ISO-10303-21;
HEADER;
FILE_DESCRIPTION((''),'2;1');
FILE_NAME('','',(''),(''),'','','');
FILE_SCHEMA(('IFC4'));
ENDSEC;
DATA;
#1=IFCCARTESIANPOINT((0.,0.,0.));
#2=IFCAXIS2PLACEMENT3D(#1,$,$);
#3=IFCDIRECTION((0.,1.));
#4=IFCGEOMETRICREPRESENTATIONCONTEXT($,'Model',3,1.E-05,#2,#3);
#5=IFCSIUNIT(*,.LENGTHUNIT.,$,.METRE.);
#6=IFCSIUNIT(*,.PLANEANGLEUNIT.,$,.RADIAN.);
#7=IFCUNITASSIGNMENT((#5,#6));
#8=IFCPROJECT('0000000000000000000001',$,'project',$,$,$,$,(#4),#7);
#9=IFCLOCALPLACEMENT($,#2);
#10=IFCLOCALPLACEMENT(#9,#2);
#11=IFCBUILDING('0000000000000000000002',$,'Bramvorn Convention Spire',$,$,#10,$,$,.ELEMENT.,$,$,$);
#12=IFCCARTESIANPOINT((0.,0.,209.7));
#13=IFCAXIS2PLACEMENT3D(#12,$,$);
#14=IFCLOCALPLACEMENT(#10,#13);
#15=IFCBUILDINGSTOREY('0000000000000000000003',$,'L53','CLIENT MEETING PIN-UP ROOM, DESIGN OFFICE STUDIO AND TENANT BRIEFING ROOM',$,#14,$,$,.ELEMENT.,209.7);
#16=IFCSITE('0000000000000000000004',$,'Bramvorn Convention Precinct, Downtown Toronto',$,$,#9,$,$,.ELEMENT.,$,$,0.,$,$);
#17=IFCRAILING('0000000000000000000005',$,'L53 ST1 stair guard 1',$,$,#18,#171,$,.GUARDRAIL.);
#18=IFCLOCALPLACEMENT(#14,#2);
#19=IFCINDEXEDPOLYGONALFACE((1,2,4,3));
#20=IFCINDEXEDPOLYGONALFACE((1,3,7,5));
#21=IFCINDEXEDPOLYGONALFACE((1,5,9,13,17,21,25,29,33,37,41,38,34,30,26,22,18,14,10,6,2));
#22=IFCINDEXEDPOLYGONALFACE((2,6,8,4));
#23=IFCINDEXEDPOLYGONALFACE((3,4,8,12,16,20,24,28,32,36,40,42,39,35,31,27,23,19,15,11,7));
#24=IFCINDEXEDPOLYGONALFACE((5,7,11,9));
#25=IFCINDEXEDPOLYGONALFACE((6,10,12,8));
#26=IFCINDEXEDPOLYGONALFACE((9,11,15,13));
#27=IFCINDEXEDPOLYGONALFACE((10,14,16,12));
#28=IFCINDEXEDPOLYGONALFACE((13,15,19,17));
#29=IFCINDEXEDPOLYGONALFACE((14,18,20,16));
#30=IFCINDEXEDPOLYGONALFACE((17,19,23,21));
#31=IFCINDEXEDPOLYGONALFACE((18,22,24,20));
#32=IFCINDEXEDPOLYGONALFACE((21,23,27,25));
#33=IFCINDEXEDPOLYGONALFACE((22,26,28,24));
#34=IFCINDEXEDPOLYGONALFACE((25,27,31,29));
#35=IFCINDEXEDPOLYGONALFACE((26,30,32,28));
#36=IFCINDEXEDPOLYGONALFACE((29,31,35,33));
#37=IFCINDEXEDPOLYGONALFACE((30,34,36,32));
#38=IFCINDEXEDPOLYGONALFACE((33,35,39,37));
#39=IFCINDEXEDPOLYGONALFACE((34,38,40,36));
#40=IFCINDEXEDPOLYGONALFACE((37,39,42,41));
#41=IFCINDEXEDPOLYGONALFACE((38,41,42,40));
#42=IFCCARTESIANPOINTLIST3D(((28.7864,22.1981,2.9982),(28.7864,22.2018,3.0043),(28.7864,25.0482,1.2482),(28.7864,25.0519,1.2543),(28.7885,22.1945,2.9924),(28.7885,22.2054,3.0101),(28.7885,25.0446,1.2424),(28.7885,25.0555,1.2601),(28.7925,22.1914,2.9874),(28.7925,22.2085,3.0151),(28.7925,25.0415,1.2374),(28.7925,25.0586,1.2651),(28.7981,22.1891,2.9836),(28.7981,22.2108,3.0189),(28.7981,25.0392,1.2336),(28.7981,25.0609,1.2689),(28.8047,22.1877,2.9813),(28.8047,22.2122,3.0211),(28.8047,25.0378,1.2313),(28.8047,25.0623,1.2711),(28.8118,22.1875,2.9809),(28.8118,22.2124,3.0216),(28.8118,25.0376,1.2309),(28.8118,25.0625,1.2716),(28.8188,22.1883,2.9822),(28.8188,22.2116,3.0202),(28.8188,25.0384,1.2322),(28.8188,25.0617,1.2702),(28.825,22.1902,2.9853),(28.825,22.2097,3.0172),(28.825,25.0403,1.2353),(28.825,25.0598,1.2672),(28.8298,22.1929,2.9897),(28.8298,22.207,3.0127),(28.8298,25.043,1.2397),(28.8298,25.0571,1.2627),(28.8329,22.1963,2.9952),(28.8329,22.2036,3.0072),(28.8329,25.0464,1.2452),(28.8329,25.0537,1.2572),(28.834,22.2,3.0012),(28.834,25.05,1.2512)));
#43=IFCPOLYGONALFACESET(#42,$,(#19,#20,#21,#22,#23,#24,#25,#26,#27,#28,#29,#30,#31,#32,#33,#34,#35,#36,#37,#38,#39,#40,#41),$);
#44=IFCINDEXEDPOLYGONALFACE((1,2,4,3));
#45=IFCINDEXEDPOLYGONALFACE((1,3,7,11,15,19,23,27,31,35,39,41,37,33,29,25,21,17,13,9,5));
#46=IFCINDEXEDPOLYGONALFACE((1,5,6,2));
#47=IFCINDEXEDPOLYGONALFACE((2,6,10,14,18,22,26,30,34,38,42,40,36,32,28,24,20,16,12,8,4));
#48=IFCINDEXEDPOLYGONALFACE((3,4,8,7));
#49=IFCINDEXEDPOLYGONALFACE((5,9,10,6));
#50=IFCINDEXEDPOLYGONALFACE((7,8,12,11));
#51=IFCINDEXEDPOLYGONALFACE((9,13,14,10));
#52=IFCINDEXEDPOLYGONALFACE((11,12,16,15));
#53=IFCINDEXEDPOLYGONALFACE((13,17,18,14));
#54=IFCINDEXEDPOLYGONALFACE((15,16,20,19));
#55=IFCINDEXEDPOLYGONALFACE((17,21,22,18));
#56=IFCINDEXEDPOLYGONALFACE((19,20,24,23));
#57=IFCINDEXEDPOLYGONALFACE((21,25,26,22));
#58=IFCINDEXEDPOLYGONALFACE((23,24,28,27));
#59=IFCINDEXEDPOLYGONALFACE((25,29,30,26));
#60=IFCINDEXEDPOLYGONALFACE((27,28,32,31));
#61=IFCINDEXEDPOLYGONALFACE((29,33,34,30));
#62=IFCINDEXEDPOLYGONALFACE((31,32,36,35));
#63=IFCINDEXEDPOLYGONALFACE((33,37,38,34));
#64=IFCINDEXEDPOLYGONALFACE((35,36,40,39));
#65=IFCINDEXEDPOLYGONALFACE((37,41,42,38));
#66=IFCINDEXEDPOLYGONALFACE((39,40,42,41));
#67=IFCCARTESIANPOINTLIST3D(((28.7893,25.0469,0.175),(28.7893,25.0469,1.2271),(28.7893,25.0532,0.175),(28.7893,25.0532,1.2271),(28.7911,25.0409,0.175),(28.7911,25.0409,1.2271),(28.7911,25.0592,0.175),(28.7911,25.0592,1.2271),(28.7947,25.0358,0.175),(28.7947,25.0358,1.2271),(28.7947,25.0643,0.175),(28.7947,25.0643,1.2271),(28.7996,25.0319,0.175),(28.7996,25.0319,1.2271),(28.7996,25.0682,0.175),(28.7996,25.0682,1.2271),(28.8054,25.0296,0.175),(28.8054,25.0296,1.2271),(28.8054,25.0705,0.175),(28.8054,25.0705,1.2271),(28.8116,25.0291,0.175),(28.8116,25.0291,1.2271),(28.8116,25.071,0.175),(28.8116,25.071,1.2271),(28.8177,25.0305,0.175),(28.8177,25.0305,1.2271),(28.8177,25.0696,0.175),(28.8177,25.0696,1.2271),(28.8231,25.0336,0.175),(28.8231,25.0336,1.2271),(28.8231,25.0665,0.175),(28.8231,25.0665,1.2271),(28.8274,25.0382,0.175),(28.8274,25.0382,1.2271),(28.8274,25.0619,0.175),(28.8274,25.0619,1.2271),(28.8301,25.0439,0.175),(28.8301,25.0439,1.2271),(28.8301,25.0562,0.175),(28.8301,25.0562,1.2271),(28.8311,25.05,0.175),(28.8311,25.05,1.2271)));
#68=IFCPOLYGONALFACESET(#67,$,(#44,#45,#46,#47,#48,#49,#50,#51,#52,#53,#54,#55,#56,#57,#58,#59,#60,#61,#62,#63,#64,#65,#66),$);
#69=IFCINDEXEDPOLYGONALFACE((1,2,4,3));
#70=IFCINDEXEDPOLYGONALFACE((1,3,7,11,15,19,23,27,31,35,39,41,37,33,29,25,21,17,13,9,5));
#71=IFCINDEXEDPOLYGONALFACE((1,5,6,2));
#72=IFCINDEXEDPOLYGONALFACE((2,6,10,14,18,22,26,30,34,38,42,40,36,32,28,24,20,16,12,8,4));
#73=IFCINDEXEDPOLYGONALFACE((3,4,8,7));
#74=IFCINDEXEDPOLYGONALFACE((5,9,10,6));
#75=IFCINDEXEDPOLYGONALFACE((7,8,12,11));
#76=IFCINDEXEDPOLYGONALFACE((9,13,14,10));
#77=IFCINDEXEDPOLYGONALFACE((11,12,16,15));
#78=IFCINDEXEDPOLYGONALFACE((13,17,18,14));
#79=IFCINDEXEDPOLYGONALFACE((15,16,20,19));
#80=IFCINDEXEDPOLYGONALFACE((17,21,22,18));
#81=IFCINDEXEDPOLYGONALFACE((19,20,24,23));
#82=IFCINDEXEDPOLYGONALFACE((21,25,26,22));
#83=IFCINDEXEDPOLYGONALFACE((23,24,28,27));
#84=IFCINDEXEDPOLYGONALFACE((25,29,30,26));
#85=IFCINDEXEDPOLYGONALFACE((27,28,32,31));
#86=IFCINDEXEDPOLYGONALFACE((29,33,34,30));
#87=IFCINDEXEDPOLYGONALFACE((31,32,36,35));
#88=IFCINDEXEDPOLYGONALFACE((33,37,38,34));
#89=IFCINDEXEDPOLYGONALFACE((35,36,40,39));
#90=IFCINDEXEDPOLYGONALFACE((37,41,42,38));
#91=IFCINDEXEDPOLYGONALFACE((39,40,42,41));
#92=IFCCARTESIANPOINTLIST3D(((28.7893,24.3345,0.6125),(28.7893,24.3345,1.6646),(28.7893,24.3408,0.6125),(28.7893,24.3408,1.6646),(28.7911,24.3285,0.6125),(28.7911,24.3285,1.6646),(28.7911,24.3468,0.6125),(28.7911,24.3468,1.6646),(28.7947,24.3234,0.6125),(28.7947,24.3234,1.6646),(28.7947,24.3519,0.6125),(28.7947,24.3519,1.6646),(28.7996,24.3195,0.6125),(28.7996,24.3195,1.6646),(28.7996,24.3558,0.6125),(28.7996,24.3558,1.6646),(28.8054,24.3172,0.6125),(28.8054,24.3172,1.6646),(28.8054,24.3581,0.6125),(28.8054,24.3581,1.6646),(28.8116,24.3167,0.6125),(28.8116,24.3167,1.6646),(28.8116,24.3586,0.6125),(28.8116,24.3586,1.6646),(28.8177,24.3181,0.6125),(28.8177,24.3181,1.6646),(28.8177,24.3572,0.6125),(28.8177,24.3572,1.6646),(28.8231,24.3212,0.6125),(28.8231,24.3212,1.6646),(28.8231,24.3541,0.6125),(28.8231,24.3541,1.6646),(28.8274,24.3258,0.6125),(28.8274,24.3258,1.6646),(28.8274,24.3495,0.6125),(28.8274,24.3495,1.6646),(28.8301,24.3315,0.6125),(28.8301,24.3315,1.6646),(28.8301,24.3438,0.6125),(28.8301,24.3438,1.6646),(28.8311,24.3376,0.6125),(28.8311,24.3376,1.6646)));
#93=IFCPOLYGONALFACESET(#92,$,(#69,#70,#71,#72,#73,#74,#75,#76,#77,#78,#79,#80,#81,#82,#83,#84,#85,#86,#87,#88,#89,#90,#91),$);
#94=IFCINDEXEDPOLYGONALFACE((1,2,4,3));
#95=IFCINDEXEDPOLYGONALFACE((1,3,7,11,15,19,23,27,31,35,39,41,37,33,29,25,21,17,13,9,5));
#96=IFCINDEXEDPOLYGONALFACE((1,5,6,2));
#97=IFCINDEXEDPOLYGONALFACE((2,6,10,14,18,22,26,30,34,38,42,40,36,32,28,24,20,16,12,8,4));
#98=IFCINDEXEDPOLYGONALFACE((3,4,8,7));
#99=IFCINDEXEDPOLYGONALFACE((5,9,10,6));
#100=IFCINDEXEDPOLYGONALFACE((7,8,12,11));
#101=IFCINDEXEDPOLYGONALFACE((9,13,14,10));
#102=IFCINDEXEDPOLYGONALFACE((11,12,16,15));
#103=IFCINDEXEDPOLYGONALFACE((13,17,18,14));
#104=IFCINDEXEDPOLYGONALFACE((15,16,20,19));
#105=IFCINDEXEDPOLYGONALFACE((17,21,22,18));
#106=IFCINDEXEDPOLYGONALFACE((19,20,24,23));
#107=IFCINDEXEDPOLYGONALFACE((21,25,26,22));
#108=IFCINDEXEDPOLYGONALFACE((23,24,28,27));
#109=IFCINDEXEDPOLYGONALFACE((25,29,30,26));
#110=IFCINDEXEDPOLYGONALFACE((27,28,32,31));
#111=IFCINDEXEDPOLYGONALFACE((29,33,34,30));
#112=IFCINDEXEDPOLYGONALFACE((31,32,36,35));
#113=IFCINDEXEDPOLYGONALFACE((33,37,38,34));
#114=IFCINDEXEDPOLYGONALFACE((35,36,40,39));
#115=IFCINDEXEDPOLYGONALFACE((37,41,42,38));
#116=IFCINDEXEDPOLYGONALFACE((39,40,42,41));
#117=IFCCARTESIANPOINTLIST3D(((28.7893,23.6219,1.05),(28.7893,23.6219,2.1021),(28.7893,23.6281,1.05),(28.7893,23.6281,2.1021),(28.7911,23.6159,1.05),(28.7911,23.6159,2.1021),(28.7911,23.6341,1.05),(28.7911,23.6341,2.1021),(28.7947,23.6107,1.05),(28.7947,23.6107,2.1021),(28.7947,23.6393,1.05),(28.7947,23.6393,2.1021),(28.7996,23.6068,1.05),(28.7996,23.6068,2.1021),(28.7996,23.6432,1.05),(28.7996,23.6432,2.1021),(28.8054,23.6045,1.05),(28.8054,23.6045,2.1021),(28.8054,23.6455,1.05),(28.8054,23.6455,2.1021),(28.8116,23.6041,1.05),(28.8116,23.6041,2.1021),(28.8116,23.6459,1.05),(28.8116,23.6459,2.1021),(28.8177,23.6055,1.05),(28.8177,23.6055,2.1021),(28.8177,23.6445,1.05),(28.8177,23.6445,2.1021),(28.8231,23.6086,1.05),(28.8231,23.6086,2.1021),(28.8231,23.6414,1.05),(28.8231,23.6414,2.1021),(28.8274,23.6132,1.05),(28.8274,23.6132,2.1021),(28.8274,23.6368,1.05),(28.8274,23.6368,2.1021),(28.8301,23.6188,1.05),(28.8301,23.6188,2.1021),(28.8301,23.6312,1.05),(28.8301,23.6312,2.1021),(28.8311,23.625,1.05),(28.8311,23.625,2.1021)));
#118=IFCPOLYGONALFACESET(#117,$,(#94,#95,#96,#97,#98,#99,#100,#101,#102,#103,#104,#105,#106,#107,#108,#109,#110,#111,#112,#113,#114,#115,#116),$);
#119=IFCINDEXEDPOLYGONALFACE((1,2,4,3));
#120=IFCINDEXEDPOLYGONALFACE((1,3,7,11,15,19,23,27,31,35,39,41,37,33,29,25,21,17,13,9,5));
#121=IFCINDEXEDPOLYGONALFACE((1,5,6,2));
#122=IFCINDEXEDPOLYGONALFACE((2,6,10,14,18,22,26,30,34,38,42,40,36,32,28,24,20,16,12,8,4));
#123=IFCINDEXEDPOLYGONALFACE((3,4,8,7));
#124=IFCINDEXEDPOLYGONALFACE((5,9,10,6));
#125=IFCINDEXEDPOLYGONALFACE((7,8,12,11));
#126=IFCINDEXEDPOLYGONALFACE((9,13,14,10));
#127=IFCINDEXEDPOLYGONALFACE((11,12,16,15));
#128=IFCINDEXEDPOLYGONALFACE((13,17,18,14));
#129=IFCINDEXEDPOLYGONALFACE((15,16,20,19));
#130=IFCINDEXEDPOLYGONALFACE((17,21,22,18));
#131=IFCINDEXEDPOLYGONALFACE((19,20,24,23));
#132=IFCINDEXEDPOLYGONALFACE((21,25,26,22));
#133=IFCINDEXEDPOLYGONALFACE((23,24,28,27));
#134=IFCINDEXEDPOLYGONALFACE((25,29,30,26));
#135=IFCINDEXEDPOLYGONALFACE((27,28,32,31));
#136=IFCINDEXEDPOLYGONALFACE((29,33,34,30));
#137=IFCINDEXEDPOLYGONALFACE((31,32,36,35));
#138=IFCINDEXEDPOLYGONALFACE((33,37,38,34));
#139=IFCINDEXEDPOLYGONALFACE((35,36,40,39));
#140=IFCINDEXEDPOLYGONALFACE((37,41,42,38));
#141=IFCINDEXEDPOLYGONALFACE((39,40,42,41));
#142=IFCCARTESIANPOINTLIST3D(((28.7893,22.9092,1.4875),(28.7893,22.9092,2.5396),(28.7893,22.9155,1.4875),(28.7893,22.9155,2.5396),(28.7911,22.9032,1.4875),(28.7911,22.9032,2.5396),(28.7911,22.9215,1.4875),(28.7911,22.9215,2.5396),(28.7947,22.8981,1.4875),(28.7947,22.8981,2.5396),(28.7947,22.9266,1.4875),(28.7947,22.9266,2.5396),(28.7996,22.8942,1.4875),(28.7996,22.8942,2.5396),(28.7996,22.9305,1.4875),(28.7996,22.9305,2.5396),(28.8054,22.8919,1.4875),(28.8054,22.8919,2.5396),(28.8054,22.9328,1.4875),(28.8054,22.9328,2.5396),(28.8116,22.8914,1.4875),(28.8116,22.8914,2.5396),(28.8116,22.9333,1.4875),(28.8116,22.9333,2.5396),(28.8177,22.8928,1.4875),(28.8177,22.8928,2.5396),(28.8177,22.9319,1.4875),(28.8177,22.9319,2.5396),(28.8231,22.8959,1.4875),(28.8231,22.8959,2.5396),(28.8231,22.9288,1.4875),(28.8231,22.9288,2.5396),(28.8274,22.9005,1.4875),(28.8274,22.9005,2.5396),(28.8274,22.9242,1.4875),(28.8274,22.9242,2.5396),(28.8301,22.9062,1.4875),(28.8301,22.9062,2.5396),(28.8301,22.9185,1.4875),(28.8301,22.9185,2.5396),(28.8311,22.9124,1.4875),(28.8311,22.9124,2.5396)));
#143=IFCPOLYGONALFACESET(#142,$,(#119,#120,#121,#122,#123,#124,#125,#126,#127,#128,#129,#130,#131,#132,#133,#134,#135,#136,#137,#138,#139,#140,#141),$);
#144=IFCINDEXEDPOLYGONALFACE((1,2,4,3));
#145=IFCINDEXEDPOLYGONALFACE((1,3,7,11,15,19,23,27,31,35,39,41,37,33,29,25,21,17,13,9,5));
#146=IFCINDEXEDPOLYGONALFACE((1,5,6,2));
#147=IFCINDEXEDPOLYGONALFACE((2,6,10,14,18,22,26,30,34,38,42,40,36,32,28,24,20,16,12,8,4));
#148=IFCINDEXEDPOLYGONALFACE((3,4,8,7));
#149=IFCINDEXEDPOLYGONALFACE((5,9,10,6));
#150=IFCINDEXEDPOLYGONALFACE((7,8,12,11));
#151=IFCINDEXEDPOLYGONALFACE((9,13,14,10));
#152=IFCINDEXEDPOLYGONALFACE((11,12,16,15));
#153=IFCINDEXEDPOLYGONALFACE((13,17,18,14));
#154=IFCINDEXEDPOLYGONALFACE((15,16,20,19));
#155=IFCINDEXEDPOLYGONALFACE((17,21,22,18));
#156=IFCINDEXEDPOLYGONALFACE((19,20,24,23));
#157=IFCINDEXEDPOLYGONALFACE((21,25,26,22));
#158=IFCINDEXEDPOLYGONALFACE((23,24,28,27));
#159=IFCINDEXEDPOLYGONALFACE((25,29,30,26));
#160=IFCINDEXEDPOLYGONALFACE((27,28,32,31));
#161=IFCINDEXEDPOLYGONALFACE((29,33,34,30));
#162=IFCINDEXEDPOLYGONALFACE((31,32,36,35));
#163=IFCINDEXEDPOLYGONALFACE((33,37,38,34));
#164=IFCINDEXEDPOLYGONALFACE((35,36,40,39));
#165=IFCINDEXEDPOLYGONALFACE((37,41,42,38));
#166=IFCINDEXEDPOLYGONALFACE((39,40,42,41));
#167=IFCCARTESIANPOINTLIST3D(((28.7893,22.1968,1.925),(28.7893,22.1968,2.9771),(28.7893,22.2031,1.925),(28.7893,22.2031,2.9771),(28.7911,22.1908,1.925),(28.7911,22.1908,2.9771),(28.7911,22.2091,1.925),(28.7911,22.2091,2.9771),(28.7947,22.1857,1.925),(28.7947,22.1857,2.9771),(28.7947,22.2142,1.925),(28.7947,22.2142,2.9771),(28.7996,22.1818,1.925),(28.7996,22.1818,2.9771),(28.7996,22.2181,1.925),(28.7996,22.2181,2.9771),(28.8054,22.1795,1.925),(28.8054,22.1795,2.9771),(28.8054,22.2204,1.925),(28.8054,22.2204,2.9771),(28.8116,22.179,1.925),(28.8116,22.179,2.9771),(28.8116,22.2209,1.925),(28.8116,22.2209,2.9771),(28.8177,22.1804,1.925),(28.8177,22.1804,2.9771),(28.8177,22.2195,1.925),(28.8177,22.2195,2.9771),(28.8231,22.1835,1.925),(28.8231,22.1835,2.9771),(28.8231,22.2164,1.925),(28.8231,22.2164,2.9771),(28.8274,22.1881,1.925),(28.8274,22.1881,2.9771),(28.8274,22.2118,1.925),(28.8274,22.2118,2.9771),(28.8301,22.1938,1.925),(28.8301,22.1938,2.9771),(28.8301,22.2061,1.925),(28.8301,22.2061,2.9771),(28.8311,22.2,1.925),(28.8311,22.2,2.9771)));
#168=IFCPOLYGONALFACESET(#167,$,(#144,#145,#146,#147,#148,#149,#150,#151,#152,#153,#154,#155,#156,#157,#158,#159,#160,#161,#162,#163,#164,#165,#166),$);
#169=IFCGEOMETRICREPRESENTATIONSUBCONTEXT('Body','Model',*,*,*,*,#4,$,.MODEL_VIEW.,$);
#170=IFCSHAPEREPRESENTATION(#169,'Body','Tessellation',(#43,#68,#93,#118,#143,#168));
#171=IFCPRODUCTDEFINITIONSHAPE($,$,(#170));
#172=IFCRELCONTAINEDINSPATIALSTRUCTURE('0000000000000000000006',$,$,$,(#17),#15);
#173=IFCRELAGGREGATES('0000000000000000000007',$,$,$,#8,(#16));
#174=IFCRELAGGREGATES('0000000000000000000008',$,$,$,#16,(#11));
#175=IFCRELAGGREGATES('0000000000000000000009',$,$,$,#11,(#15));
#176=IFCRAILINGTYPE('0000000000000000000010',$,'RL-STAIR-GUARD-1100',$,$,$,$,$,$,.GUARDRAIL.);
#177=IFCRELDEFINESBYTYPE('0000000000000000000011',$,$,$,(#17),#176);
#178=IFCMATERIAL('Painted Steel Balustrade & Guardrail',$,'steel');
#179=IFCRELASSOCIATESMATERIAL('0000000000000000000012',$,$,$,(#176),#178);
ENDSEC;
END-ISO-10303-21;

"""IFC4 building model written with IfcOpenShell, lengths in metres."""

from ifc_helpers import new_model, si_unit, direction, frame, origin, origin_2d, place, context, subcontext, project, spatial, circle, extrude, material, type_object, element, save


model = new_model("IFC4")

# Units and contexts
model_context = context("Model", 3, precision=1e-05, world=origin(), true_north=direction((0.0, 1.0)))
body_context = subcontext(model_context, "Body", "Model", "MODEL_VIEW")
ifc_project = project(units=[si_unit("LENGTHUNIT", "METRE"), si_unit("PLANEANGLEUNIT", "RADIAN")], contexts=[model_context])

# Site, building, storey
site_placement = place(None, origin())
site = spatial("IfcSite", under=ifc_project, at=site_placement, Name="Bramvorn Convention Precinct, Downtown Toronto", CompositionType="ELEMENT", RefElevation=0.0)
building_placement = place(site_placement, origin())
building = spatial("IfcBuilding", under=site, at=building_placement, Name="Bramvorn Convention Spire", CompositionType="ELEMENT")
storey_placement = place(building_placement, frame((0.0, 0.0, 209.7)))
storey = spatial("IfcBuildingStorey", under=building, at=storey_placement, Name="L53", Description="CLIENT MEETING PIN-UP ROOM, DESIGN OFFICE STUDIO AND TENANT BRIEFING ROOM", CompositionType="ELEMENT", Elevation=209.7)

# Railing
ifc_material_1 = material(Name="Painted Steel Balustrade & Guardrail", Category="steel")
railing_type_1 = type_object("IfcRailingType", Name="RL-STAIR-GUARD-1100", PredefinedType="GUARDRAIL", material=ifc_material_1)
railing_1_placement = place(storey_placement, frame((28.8101, 25.05, 0.175)))
element("IfcRailing", 1, at=railing_1_placement, inside=storey, type_object=railing_type_1, Name="L53 ST1 stair guard 1", PredefinedType="GUARDRAIL", context=body_context, shape_type="SweptSolid", body=[
    extrude(circle(Radius=0.0239, at=origin_2d()), frame((0.0, 0.0, 1.0762), z_axis=(0.0, -0.852179, 0.52325), x_axis=(1.0, 0.0, 0.0)), (0.0, 0.0, 1.0), 3.3445),
    extrude(circle(Radius=0.021, at=origin_2d()), origin(), (0.0, 0.0, 1.0), 1.052),
    extrude(circle(Radius=0.021, at=origin_2d()), frame((0.0, -0.7124, 0.4375)), (0.0, 0.0, 1.0), 1.052),
    extrude(circle(Radius=0.021, at=origin_2d()), frame((0.0, -1.425, 0.875)), (0.0, 0.0, 1.0), 1.052),
    extrude(circle(Radius=0.021, at=origin_2d()), frame((0.0, -2.1377, 1.3125)), (0.0, 0.0, 1.0), 1.052),
    extrude(circle(Radius=0.021, at=origin_2d()), frame((0.0, -2.8501, 1.75)), (0.0, 0.0, 1.0), 1.052),
])

save(model, "model.ifc")
